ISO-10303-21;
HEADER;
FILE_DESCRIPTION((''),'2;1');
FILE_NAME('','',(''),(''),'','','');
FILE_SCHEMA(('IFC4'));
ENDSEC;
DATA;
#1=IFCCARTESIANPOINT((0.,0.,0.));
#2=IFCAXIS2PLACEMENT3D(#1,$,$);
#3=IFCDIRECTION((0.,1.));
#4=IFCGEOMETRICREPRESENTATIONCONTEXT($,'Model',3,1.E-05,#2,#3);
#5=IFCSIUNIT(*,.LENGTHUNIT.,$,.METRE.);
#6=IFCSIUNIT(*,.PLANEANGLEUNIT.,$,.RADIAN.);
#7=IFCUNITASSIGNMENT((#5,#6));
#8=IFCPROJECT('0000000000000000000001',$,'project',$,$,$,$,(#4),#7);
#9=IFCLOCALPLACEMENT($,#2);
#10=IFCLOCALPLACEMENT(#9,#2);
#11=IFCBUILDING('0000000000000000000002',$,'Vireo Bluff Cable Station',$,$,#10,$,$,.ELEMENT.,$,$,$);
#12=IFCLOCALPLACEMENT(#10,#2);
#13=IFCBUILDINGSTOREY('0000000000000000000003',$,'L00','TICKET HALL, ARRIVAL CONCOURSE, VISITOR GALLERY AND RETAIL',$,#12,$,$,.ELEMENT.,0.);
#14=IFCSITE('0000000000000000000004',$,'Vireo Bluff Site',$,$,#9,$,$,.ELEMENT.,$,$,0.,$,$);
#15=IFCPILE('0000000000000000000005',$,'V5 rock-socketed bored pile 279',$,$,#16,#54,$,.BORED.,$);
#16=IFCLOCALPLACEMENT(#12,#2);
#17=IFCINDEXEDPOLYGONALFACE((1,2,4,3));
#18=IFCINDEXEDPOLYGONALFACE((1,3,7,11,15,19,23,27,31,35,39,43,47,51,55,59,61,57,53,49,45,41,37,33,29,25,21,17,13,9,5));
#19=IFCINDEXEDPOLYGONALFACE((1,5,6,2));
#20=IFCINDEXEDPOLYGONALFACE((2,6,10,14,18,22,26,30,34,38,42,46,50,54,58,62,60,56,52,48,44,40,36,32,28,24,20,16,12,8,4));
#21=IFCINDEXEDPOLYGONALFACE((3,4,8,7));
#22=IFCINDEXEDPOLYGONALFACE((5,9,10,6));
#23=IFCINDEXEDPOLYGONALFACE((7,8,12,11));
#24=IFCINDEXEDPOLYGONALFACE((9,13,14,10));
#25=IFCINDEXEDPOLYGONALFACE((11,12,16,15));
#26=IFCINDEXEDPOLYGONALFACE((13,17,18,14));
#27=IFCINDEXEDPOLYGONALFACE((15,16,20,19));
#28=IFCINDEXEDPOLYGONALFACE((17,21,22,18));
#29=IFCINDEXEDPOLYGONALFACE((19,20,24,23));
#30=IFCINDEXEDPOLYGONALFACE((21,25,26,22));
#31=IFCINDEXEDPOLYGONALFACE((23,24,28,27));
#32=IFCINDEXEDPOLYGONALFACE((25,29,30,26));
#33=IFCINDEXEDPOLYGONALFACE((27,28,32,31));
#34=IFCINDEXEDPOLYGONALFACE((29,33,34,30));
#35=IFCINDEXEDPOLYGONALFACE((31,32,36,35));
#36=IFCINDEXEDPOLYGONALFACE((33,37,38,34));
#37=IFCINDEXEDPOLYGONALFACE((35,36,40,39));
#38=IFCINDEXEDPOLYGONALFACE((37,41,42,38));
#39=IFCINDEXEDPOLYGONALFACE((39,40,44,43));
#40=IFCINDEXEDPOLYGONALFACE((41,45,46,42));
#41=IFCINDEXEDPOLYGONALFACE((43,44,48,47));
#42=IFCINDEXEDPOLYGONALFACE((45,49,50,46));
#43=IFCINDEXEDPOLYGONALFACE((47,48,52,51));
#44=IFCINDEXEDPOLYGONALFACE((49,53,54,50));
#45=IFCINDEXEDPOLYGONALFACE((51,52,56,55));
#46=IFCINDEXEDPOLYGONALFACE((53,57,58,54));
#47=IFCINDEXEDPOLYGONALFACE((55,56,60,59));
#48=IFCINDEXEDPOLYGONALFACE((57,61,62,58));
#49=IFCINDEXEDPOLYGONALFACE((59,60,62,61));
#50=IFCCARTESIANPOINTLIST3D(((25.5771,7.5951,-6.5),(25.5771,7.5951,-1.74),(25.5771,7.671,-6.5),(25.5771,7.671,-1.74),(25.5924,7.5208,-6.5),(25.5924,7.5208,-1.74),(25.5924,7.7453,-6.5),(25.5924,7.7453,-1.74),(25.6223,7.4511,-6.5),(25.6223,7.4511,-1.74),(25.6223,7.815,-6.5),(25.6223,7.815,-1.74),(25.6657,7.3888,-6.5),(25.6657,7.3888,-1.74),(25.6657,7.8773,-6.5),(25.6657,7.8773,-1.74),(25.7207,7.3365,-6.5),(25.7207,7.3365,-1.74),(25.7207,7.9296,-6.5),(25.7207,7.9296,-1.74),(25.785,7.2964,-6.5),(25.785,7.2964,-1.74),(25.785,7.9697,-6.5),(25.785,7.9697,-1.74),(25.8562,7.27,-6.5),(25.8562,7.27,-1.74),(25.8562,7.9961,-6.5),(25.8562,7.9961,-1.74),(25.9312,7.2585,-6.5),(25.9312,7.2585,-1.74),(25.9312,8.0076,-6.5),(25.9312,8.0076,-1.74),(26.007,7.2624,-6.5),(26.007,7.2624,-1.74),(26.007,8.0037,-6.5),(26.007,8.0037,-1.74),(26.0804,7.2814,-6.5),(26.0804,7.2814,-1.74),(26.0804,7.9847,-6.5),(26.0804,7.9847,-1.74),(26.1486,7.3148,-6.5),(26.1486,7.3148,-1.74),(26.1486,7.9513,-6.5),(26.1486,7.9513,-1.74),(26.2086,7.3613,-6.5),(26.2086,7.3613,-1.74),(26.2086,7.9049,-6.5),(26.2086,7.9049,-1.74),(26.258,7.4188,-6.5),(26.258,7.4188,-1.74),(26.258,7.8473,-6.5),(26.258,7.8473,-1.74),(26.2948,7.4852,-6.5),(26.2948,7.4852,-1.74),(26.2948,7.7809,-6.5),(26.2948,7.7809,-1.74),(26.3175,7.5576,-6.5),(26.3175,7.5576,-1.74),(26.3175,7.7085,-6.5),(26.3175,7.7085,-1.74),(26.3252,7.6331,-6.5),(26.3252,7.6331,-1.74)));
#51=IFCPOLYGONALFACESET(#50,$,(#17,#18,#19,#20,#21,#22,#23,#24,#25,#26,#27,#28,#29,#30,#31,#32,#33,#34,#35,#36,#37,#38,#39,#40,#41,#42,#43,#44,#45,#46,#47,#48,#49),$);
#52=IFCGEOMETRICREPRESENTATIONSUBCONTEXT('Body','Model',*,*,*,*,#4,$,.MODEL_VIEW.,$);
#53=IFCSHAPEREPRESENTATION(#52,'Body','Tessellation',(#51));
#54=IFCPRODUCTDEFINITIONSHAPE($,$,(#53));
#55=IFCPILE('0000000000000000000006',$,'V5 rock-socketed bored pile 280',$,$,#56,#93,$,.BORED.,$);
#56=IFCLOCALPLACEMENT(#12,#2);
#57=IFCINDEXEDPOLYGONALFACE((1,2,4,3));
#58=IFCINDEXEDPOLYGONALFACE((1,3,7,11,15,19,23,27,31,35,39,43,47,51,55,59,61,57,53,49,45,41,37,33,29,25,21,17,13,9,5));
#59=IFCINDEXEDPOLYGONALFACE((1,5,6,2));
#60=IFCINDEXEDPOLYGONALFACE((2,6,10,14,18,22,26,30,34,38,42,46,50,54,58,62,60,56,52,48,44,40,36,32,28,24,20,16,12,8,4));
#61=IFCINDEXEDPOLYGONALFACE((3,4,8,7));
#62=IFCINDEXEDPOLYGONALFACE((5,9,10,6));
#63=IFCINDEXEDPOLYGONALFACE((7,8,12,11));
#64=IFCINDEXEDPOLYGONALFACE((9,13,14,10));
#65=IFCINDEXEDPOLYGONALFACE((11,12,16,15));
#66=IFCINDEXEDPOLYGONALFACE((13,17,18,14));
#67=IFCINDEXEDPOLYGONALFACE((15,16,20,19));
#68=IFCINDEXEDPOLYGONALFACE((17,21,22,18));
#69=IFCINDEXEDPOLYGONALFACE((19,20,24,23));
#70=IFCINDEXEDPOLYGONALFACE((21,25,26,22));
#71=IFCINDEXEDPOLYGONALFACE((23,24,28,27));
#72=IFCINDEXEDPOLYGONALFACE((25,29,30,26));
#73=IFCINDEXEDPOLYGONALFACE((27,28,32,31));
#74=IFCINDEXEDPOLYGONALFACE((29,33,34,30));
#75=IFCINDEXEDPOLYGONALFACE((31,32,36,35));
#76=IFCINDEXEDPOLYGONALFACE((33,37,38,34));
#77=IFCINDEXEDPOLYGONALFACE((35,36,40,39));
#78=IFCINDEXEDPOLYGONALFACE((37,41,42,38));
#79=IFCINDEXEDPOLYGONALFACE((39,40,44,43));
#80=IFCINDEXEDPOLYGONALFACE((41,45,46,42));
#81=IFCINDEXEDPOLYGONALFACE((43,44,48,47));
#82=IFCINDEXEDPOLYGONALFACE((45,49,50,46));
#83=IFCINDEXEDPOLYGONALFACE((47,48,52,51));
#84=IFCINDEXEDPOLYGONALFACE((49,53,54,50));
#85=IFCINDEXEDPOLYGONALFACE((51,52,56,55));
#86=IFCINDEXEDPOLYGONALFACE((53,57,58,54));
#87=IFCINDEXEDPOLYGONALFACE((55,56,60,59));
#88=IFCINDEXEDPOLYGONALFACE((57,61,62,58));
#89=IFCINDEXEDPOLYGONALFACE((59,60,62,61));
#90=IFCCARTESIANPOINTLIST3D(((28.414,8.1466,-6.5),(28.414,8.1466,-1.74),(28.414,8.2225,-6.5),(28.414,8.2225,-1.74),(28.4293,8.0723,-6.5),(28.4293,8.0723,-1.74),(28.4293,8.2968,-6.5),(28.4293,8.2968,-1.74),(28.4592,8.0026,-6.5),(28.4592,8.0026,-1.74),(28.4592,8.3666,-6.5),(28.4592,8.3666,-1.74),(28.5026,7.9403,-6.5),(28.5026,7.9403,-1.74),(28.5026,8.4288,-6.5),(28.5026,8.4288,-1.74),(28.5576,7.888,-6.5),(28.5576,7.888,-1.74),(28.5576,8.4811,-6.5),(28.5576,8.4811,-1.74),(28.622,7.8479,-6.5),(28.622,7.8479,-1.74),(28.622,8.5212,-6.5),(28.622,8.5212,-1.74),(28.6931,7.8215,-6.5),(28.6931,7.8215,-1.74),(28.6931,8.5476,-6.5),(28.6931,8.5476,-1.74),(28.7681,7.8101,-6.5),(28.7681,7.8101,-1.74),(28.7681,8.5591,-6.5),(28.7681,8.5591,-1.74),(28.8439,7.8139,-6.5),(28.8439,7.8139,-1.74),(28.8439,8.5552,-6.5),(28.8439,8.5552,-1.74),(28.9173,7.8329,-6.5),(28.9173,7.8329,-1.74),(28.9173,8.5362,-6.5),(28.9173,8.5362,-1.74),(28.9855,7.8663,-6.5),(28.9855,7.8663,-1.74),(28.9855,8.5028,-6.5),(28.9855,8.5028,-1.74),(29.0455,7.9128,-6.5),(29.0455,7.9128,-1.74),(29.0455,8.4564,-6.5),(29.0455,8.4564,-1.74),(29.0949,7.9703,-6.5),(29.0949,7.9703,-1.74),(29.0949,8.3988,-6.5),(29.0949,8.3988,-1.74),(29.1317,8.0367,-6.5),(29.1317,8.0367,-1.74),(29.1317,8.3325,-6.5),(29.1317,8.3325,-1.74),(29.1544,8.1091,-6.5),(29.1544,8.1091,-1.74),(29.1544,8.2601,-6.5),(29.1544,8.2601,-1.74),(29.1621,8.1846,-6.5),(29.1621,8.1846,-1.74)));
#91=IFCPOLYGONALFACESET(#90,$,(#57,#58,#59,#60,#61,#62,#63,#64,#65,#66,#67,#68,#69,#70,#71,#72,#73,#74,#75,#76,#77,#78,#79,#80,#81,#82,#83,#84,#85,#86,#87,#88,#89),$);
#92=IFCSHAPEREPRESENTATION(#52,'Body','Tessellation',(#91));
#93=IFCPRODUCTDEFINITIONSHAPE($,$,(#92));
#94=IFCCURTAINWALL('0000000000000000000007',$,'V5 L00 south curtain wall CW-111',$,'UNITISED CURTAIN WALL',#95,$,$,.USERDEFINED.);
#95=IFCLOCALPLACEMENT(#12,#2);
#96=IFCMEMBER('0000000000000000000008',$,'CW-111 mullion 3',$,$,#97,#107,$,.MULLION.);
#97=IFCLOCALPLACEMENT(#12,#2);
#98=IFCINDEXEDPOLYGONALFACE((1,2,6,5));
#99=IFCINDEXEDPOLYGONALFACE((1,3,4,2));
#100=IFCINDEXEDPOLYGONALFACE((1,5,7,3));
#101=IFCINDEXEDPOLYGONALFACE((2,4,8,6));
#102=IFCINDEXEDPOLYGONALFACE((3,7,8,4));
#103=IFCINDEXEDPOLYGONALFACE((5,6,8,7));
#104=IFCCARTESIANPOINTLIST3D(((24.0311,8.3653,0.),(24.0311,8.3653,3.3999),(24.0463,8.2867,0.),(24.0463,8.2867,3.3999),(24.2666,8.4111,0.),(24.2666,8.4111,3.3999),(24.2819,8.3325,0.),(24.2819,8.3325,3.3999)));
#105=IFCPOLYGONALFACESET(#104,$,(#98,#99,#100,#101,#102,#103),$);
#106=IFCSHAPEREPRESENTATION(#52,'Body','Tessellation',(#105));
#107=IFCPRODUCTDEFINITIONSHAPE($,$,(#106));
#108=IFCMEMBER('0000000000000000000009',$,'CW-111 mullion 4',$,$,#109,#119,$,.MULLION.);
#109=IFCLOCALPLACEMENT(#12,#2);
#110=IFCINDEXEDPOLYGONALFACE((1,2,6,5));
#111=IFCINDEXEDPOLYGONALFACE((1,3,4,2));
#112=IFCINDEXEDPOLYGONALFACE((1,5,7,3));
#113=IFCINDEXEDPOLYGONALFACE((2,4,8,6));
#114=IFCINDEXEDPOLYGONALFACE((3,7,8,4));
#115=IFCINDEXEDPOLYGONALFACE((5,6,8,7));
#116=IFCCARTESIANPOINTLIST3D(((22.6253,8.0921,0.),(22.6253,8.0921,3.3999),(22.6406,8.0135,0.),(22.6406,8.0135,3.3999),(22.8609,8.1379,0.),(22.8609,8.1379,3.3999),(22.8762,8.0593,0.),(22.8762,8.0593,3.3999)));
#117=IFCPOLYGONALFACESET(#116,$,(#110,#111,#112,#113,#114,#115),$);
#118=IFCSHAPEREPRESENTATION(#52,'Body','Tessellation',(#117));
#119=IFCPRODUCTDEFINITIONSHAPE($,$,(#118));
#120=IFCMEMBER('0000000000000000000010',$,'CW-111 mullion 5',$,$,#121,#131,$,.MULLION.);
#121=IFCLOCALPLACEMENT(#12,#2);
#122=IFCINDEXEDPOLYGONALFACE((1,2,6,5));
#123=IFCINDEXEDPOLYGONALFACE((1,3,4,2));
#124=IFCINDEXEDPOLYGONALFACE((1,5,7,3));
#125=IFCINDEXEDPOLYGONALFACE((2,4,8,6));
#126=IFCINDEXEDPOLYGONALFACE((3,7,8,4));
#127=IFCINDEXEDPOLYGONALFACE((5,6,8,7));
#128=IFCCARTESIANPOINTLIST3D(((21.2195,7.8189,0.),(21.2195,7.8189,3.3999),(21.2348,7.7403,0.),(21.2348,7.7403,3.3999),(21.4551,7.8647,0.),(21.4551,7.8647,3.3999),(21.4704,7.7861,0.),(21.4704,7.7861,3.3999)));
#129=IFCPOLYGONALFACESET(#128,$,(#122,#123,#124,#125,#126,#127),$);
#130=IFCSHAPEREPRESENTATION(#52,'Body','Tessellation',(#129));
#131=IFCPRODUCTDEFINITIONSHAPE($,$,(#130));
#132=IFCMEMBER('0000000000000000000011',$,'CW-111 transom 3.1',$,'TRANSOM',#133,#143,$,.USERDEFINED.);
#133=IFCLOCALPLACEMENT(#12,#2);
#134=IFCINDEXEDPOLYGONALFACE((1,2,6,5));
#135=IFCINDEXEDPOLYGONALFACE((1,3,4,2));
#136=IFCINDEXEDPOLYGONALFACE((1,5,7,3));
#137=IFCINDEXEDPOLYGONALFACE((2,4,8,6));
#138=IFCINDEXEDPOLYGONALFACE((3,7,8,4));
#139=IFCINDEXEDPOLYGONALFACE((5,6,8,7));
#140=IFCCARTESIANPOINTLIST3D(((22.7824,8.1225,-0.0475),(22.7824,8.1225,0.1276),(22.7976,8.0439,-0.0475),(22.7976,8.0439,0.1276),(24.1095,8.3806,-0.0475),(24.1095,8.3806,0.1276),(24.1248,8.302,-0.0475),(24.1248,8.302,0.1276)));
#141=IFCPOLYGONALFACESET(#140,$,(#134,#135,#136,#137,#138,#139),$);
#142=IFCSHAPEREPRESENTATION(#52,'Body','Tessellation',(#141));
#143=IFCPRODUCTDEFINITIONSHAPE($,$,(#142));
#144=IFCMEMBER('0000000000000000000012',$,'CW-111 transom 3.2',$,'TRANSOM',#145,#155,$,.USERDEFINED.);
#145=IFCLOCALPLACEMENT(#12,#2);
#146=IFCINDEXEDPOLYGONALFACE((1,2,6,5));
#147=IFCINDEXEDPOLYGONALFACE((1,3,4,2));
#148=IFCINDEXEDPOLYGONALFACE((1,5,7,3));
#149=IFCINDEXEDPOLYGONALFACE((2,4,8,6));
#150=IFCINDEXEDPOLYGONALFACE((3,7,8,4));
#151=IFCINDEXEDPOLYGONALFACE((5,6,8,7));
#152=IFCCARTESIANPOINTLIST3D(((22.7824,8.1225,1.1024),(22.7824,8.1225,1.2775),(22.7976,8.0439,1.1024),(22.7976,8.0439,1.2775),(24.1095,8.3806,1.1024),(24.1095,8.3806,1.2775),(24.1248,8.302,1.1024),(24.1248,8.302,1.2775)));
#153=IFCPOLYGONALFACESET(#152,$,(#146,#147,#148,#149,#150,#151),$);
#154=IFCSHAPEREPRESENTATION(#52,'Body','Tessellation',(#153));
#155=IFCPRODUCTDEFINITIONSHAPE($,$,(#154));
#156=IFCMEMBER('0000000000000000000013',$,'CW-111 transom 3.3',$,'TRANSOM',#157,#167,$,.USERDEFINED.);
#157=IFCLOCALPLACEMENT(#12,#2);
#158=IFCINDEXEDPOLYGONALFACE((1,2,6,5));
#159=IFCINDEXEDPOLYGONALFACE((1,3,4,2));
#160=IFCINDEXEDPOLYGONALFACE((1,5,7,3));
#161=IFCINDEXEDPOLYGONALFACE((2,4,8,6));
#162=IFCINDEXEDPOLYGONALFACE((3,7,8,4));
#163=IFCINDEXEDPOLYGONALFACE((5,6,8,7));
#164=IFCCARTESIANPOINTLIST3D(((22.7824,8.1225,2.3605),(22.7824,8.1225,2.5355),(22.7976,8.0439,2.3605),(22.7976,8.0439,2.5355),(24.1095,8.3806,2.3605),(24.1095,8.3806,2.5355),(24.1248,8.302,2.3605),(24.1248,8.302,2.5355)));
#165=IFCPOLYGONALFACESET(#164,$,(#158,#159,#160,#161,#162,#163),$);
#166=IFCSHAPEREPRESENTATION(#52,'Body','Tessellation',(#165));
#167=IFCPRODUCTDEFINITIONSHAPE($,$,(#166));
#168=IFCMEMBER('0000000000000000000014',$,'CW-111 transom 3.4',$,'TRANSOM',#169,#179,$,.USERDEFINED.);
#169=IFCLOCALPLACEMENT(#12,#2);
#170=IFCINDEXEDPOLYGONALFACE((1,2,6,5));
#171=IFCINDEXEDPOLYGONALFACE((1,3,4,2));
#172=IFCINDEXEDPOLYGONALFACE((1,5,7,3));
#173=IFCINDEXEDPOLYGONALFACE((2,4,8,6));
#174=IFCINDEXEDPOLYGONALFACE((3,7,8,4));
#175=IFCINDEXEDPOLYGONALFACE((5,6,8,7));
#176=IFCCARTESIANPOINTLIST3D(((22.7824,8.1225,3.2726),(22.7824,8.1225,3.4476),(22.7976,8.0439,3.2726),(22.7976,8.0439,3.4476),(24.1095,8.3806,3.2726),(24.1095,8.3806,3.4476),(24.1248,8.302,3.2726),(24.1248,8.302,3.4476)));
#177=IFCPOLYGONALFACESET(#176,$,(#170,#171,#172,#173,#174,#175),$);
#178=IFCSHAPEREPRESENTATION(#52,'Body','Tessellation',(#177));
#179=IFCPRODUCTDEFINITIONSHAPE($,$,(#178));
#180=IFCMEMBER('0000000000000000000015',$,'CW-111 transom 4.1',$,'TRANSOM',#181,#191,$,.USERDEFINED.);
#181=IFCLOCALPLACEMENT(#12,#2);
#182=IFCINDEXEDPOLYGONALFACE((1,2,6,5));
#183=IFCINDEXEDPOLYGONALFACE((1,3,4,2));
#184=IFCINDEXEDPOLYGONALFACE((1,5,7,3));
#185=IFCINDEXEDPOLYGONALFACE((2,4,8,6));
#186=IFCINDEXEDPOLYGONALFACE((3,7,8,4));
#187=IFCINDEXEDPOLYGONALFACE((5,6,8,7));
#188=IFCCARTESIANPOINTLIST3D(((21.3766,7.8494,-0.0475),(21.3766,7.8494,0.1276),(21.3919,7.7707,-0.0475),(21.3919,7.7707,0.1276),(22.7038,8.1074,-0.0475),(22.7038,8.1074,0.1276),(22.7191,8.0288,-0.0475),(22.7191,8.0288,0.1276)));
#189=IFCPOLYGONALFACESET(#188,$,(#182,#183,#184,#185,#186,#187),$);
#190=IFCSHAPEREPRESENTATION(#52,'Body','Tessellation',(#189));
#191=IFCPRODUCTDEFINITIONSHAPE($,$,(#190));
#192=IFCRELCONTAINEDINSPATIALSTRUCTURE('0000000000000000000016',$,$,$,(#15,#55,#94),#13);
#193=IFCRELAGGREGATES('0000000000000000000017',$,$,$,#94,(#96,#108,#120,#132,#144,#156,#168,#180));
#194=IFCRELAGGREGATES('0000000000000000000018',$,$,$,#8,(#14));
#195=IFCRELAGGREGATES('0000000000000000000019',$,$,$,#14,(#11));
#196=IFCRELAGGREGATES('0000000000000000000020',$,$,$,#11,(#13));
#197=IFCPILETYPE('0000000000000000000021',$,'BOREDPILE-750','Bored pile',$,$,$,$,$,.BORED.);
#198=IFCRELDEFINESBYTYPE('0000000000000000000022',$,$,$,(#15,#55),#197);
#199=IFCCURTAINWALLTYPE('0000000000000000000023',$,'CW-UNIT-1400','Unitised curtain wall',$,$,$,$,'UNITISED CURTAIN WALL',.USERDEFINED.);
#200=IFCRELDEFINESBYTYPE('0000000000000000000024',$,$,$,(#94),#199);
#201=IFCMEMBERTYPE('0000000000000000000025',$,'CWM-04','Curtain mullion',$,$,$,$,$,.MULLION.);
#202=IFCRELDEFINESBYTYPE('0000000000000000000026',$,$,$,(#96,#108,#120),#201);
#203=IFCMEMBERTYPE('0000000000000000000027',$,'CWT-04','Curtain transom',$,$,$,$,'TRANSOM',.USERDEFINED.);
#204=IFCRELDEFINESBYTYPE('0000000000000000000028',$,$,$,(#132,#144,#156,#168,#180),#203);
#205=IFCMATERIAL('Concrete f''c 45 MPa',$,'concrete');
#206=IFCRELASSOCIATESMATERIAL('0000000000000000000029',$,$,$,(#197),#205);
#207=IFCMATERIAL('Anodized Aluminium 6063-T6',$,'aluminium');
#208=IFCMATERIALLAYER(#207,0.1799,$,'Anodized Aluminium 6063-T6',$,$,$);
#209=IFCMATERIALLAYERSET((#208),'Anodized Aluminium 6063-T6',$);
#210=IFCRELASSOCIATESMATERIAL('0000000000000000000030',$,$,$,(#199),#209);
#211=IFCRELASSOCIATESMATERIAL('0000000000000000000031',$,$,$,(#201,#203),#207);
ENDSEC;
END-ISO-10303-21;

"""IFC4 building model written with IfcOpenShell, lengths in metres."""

from ifc_helpers import new_model, si_unit, direction, frame, origin, origin_2d, place, context, subcontext, project, spatial, rectangle, circle, extrude, material, layer, layer_set, material_profile, profile_set, type_object, element, aggregate, save


model = new_model("IFC4")

# Units and contexts
model_context = context("Model", 3, precision=1e-05, world=origin(), true_north=direction((0.0, 1.0)))
body_context = subcontext(model_context, "Body", "Model", "MODEL_VIEW")
ifc_project = project(units=[si_unit("LENGTHUNIT", "METRE"), si_unit("PLANEANGLEUNIT", "RADIAN")], contexts=[model_context])

# Site, building, storey
site_placement = place(None, origin())
site = spatial("IfcSite", under=ifc_project, at=site_placement, Name="Vireo Bluff Site", CompositionType="ELEMENT", RefElevation=0.0)
building_placement = place(site_placement, origin())
building = spatial("IfcBuilding", under=site, at=building_placement, Name="Vireo Bluff Cable Station", CompositionType="ELEMENT")
storey_placement = place(building_placement, origin())
storey = spatial("IfcBuildingStorey", under=building, at=storey_placement, Name="L00", Description="TICKET HALL, ARRIVAL CONCOURSE, VISITOR GALLERY AND RETAIL", CompositionType="ELEMENT", Elevation=0.0)

# Piles
ifc_material_1 = material(Name="Concrete f'c 45 MPa", Category="concrete")
ifc_material_profile_1 = material_profile(ifc_material_1, circle(Radius=0.375, at=origin_2d()), Name="BOREDPILE-750")
ifc_profile_set_1 = profile_set([ifc_material_profile_1], Name="Concrete f'c 45 MPa")
pile_type = type_object("IfcPileType", Name="BOREDPILE-750", Description="Bored pile", PredefinedType="BORED", material=ifc_profile_set_1)
for number, where, z_axis, x_axis, name in (
    (1, (25.9502, 7.6331, -1.74), (0.0, 0.0, -1.0), (1.0, 0.0, 0.0), "V5 rock-socketed bored pile 279"),
    (2, (28.7871, 8.1846, -1.74), (0.0, 0.0, -1.0), (1.0, 0.0, 0.0), "V5 rock-socketed bored pile 280"),
):
    element("IfcPile", number, at=place(storey_placement, frame(where, z_axis=z_axis, x_axis=x_axis)), inside=storey, type_object=pile_type, Name=name, PredefinedType="BORED", context=body_context, shape_type="SweptSolid", body=[
        extrude(circle(Radius=0.375, at=origin_2d()), origin(), (0.0, 0.0, 1.0), 4.76),
    ])

# Curtain wall, members
ifc_material_2 = material(Name="Anodized Aluminium 6063-T6", Category="aluminium")
ifc_layer_1 = layer(ifc_material_2, 0.1799, Name="Anodized Aluminium 6063-T6")
ifc_layer_set_1 = layer_set([ifc_layer_1], Name="Anodized Aluminium 6063-T6")
curtain_wall_type = type_object("IfcCurtainWallType", Name="CW-UNIT-1400", Description="Unitised curtain wall", ElementType="UNITISED CURTAIN WALL", PredefinedType="USERDEFINED", material=ifc_layer_set_1)
curtain_wall_placement = place(storey_placement, origin())
curtain_wall = element("IfcCurtainWall", 3, at=curtain_wall_placement, inside=storey, type_object=curtain_wall_type, Name="V5 L00 south curtain wall CW-111", ObjectType="UNITISED CURTAIN WALL", PredefinedType="USERDEFINED")
ifc_material_profile_2 = material_profile(ifc_material_2, rectangle(XDim=0.0801, YDim=0.24, at=origin_2d()), Name="ALU-M-80X240")
ifc_profile_set_2 = profile_set([ifc_material_profile_2], Name="Anodized Aluminium 6063-T6")
member_type_1 = type_object("IfcMemberType", Name="CWM-04", Description="Curtain mullion", PredefinedType="MULLION", material=ifc_profile_set_2)
member_1_placement = place(storey_placement, frame((24.1565, 8.3489, 0.0), z_axis=(0.0, 0.0, 1.0), x_axis=(0.190809, -0.981627, 0.0)))
member_1 = element("IfcMember", 4, at=member_1_placement, type_object=member_type_1, Name="CW-111 mullion 3", PredefinedType="MULLION", context=body_context, shape_type="SweptSolid", body=[
    extrude(rectangle(XDim=0.0801, YDim=0.24, at=origin_2d()), origin(), (0.0, 0.0, 1.0), 3.3999),
])
member_2_placement = place(storey_placement, frame((22.7507, 8.0757, 0.0), z_axis=(0.0, 0.0, 1.0), x_axis=(0.190809, -0.981627, 0.0)))
member_2 = element("IfcMember", 5, at=member_2_placement, type_object=member_type_1, Name="CW-111 mullion 4", PredefinedType="MULLION", context=body_context, shape_type="SweptSolid", body=[
    extrude(rectangle(XDim=0.0801, YDim=0.24, at=origin_2d()), origin(), (0.0, 0.0, 1.0), 3.3999),
])
member_3_placement = place(storey_placement, frame((21.345, 7.8025, 0.0), z_axis=(0.0, 0.0, 1.0), x_axis=(0.190809, -0.981627, 0.0)))
member_3 = element("IfcMember", 6, at=member_3_placement, type_object=member_type_1, Name="CW-111 mullion 5", PredefinedType="MULLION", context=body_context, shape_type="SweptSolid", body=[
    extrude(rectangle(XDim=0.0801, YDim=0.24, at=origin_2d()), origin(), (0.0, 0.0, 1.0), 3.3999),
])
ifc_material_profile_3 = material_profile(ifc_material_2, rectangle(XDim=0.0801, YDim=0.175, at=origin_2d()), Name="ALU-T-80X175")
ifc_profile_set_3 = profile_set([ifc_material_profile_3], Name="Anodized Aluminium 6063-T6")
member_type_2 = type_object("IfcMemberType", Name="CWT-04", Description="Curtain transom", ElementType="TRANSOM", PredefinedType="USERDEFINED", material=ifc_profile_set_3)
member_4_placement = place(storey_placement, frame((24.1172, 8.3413, 0.04), z_axis=(-0.981615, -0.19087, 0.0), x_axis=(0.19087, -0.981615, 0.0)))
member_4 = element("IfcMember", 7, at=member_4_placement, type_object=member_type_2, Name="CW-111 transom 3.1", ObjectType="TRANSOM", PredefinedType="USERDEFINED", context=body_context, shape_type="SweptSolid", body=[
    extrude(rectangle(XDim=0.0801, YDim=0.175, at=origin_2d()), origin(), (0.0, 0.0, 1.0), 1.3521),
])
member_5_placement = place(storey_placement, frame((24.1172, 8.3413, 1.1899), z_axis=(-0.981615, -0.19087, 0.0), x_axis=(0.19087, -0.981615, 0.0)))
member_5 = element("IfcMember", 8, at=member_5_placement, type_object=member_type_2, Name="CW-111 transom 3.2", ObjectType="TRANSOM", PredefinedType="USERDEFINED", context=body_context, shape_type="SweptSolid", body=[
    extrude(rectangle(XDim=0.0801, YDim=0.175, at=origin_2d()), origin(), (0.0, 0.0, 1.0), 1.3521),
])
member_6_placement = place(storey_placement, frame((24.1172, 8.3413, 2.448), z_axis=(-0.981615, -0.19087, 0.0), x_axis=(0.19087, -0.981615, 0.0)))
member_6 = element("IfcMember", 9, at=member_6_placement, type_object=member_type_2, Name="CW-111 transom 3.3", ObjectType="TRANSOM", PredefinedType="USERDEFINED", context=body_context, shape_type="SweptSolid", body=[
    extrude(rectangle(XDim=0.0801, YDim=0.175, at=origin_2d()), origin(), (0.0, 0.0, 1.0), 1.3521),
])
member_7_placement = place(storey_placement, frame((24.1172, 8.3413, 3.3601), z_axis=(-0.981615, -0.19087, 0.0), x_axis=(0.19087, -0.981615, 0.0)))
member_7 = element("IfcMember", 10, at=member_7_placement, type_object=member_type_2, Name="CW-111 transom 3.4", ObjectType="TRANSOM", PredefinedType="USERDEFINED", context=body_context, shape_type="SweptSolid", body=[
    extrude(rectangle(XDim=0.0801, YDim=0.175, at=origin_2d()), origin(), (0.0, 0.0, 1.0), 1.3521),
])
member_8_placement = place(storey_placement, frame((22.7114, 8.0681, 0.04), z_axis=(-0.981615, -0.19087, 0.0), x_axis=(0.19087, -0.981615, 0.0)))
member_8 = element("IfcMember", 11, at=member_8_placement, type_object=member_type_2, Name="CW-111 transom 4.1", ObjectType="TRANSOM", PredefinedType="USERDEFINED", context=body_context, shape_type="SweptSolid", body=[
    extrude(rectangle(XDim=0.0801, YDim=0.175, at=origin_2d()), origin(), (0.0, 0.0, 1.0), 1.3521),
])
aggregate(curtain_wall, [member_1, member_2, member_3, member_4, member_5, member_6, member_7, member_8])

save(model, "model.ifc")
